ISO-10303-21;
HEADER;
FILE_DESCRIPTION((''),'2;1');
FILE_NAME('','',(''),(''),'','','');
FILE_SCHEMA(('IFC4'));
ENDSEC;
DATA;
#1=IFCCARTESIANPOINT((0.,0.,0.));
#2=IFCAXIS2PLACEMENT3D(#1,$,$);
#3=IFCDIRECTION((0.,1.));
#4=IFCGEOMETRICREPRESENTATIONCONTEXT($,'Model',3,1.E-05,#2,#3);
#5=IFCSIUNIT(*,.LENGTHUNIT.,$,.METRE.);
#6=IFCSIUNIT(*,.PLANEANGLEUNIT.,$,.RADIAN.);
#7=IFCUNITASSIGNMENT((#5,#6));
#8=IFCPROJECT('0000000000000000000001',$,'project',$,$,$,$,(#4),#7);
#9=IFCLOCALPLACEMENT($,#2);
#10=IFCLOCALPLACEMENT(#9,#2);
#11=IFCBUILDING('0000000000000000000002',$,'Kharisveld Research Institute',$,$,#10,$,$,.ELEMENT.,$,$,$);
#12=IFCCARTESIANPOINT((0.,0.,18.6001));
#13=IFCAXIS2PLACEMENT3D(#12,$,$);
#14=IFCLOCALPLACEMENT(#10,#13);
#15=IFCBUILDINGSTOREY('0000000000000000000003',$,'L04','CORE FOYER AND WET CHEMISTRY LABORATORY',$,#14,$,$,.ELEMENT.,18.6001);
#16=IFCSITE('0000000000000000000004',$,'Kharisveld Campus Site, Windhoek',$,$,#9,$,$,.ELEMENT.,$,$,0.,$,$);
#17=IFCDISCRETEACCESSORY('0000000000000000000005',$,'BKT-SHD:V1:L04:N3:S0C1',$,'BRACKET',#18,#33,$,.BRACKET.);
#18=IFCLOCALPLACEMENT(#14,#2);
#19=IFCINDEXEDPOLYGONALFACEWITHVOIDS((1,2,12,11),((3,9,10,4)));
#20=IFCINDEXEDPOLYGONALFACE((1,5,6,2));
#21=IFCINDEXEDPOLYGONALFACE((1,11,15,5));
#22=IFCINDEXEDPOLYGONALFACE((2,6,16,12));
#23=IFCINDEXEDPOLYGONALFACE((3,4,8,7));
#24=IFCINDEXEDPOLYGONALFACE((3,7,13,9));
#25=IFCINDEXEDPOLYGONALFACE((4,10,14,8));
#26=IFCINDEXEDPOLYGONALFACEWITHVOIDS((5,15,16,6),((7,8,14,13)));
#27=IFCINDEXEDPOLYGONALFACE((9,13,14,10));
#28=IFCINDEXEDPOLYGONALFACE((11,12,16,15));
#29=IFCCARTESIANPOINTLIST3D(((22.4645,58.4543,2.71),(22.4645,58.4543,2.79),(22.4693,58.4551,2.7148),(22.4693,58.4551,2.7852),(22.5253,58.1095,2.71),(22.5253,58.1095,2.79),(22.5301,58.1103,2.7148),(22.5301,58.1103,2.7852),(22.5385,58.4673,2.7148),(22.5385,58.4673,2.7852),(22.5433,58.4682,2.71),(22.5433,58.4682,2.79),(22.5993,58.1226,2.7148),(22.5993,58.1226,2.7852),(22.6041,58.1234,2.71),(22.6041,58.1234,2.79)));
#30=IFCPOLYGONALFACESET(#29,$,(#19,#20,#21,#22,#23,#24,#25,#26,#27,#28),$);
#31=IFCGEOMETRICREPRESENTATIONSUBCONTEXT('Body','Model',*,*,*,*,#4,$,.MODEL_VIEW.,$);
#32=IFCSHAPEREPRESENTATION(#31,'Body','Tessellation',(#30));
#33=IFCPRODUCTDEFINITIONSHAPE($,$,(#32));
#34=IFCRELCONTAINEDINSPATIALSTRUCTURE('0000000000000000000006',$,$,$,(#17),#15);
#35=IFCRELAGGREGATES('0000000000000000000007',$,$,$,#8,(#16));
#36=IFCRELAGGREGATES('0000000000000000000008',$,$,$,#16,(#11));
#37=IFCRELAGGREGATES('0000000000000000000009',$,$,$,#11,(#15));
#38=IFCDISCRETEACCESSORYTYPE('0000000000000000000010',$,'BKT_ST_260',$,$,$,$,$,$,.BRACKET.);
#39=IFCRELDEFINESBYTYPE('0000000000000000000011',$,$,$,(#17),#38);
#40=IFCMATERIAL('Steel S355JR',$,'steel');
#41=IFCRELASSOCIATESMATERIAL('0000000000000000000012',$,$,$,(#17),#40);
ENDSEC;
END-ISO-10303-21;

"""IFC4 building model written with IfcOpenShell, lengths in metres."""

from ifc_helpers import new_model, si_unit, direction, frame, origin, origin_2d, place, context, subcontext, project, spatial, hollow_rectangle, extrude, material, type_object, element, save


model = new_model("IFC4")

# Units and contexts
model_context = context("Model", 3, precision=1e-05, world=origin(), true_north=direction((0.0, 1.0)))
body_context = subcontext(model_context, "Body", "Model", "MODEL_VIEW")
ifc_project = project(units=[si_unit("LENGTHUNIT", "METRE"), si_unit("PLANEANGLEUNIT", "RADIAN")], contexts=[model_context])

# Site, building, storey
site_placement = place(None, origin())
site = spatial("IfcSite", under=ifc_project, at=site_placement, Name="Kharisveld Campus Site, Windhoek", CompositionType="ELEMENT", RefElevation=0.0)
building_placement = place(site_placement, origin())
building = spatial("IfcBuilding", under=site, at=building_placement, Name="Kharisveld Research Institute", CompositionType="ELEMENT")
storey_placement = place(building_placement, frame((0.0, 0.0, 18.6001)))
storey = spatial("IfcBuildingStorey", under=building, at=storey_placement, Name="L04", Description="CORE FOYER AND WET CHEMISTRY LABORATORY", CompositionType="ELEMENT", Elevation=18.6001)

# Discrete accessory
ifc_material_1 = material(Name="Steel S355JR", Category="steel")
discrete_accessory_type = type_object("IfcDiscreteAccessoryType", Name="BKT_ST_260", PredefinedType="BRACKET")
for number, where, z_axis, x_axis, name in (
    (1, (22.5647, 58.1165, 2.75), (-0.173666, 0.984805, 0.0), (-0.984805, -0.173666, 0.0), "BKT-SHD:V1:L04:N3:S0C1"),
):
    element("IfcDiscreteAccessory", number, at=place(storey_placement, frame(where, z_axis=z_axis, x_axis=x_axis)), inside=storey, type_object=discrete_accessory_type, material=ifc_material_1, Name=name, ObjectType="BRACKET", PredefinedType="BRACKET", context=body_context, shape_type="SweptSolid", body=[
        extrude(hollow_rectangle(XDim=0.0801, YDim=0.0801, WallThickness=0.0049, at=origin_2d()), origin(), (0.0, 0.0, 1.0), 0.3501),
    ])

save(model, "model.ifc")
